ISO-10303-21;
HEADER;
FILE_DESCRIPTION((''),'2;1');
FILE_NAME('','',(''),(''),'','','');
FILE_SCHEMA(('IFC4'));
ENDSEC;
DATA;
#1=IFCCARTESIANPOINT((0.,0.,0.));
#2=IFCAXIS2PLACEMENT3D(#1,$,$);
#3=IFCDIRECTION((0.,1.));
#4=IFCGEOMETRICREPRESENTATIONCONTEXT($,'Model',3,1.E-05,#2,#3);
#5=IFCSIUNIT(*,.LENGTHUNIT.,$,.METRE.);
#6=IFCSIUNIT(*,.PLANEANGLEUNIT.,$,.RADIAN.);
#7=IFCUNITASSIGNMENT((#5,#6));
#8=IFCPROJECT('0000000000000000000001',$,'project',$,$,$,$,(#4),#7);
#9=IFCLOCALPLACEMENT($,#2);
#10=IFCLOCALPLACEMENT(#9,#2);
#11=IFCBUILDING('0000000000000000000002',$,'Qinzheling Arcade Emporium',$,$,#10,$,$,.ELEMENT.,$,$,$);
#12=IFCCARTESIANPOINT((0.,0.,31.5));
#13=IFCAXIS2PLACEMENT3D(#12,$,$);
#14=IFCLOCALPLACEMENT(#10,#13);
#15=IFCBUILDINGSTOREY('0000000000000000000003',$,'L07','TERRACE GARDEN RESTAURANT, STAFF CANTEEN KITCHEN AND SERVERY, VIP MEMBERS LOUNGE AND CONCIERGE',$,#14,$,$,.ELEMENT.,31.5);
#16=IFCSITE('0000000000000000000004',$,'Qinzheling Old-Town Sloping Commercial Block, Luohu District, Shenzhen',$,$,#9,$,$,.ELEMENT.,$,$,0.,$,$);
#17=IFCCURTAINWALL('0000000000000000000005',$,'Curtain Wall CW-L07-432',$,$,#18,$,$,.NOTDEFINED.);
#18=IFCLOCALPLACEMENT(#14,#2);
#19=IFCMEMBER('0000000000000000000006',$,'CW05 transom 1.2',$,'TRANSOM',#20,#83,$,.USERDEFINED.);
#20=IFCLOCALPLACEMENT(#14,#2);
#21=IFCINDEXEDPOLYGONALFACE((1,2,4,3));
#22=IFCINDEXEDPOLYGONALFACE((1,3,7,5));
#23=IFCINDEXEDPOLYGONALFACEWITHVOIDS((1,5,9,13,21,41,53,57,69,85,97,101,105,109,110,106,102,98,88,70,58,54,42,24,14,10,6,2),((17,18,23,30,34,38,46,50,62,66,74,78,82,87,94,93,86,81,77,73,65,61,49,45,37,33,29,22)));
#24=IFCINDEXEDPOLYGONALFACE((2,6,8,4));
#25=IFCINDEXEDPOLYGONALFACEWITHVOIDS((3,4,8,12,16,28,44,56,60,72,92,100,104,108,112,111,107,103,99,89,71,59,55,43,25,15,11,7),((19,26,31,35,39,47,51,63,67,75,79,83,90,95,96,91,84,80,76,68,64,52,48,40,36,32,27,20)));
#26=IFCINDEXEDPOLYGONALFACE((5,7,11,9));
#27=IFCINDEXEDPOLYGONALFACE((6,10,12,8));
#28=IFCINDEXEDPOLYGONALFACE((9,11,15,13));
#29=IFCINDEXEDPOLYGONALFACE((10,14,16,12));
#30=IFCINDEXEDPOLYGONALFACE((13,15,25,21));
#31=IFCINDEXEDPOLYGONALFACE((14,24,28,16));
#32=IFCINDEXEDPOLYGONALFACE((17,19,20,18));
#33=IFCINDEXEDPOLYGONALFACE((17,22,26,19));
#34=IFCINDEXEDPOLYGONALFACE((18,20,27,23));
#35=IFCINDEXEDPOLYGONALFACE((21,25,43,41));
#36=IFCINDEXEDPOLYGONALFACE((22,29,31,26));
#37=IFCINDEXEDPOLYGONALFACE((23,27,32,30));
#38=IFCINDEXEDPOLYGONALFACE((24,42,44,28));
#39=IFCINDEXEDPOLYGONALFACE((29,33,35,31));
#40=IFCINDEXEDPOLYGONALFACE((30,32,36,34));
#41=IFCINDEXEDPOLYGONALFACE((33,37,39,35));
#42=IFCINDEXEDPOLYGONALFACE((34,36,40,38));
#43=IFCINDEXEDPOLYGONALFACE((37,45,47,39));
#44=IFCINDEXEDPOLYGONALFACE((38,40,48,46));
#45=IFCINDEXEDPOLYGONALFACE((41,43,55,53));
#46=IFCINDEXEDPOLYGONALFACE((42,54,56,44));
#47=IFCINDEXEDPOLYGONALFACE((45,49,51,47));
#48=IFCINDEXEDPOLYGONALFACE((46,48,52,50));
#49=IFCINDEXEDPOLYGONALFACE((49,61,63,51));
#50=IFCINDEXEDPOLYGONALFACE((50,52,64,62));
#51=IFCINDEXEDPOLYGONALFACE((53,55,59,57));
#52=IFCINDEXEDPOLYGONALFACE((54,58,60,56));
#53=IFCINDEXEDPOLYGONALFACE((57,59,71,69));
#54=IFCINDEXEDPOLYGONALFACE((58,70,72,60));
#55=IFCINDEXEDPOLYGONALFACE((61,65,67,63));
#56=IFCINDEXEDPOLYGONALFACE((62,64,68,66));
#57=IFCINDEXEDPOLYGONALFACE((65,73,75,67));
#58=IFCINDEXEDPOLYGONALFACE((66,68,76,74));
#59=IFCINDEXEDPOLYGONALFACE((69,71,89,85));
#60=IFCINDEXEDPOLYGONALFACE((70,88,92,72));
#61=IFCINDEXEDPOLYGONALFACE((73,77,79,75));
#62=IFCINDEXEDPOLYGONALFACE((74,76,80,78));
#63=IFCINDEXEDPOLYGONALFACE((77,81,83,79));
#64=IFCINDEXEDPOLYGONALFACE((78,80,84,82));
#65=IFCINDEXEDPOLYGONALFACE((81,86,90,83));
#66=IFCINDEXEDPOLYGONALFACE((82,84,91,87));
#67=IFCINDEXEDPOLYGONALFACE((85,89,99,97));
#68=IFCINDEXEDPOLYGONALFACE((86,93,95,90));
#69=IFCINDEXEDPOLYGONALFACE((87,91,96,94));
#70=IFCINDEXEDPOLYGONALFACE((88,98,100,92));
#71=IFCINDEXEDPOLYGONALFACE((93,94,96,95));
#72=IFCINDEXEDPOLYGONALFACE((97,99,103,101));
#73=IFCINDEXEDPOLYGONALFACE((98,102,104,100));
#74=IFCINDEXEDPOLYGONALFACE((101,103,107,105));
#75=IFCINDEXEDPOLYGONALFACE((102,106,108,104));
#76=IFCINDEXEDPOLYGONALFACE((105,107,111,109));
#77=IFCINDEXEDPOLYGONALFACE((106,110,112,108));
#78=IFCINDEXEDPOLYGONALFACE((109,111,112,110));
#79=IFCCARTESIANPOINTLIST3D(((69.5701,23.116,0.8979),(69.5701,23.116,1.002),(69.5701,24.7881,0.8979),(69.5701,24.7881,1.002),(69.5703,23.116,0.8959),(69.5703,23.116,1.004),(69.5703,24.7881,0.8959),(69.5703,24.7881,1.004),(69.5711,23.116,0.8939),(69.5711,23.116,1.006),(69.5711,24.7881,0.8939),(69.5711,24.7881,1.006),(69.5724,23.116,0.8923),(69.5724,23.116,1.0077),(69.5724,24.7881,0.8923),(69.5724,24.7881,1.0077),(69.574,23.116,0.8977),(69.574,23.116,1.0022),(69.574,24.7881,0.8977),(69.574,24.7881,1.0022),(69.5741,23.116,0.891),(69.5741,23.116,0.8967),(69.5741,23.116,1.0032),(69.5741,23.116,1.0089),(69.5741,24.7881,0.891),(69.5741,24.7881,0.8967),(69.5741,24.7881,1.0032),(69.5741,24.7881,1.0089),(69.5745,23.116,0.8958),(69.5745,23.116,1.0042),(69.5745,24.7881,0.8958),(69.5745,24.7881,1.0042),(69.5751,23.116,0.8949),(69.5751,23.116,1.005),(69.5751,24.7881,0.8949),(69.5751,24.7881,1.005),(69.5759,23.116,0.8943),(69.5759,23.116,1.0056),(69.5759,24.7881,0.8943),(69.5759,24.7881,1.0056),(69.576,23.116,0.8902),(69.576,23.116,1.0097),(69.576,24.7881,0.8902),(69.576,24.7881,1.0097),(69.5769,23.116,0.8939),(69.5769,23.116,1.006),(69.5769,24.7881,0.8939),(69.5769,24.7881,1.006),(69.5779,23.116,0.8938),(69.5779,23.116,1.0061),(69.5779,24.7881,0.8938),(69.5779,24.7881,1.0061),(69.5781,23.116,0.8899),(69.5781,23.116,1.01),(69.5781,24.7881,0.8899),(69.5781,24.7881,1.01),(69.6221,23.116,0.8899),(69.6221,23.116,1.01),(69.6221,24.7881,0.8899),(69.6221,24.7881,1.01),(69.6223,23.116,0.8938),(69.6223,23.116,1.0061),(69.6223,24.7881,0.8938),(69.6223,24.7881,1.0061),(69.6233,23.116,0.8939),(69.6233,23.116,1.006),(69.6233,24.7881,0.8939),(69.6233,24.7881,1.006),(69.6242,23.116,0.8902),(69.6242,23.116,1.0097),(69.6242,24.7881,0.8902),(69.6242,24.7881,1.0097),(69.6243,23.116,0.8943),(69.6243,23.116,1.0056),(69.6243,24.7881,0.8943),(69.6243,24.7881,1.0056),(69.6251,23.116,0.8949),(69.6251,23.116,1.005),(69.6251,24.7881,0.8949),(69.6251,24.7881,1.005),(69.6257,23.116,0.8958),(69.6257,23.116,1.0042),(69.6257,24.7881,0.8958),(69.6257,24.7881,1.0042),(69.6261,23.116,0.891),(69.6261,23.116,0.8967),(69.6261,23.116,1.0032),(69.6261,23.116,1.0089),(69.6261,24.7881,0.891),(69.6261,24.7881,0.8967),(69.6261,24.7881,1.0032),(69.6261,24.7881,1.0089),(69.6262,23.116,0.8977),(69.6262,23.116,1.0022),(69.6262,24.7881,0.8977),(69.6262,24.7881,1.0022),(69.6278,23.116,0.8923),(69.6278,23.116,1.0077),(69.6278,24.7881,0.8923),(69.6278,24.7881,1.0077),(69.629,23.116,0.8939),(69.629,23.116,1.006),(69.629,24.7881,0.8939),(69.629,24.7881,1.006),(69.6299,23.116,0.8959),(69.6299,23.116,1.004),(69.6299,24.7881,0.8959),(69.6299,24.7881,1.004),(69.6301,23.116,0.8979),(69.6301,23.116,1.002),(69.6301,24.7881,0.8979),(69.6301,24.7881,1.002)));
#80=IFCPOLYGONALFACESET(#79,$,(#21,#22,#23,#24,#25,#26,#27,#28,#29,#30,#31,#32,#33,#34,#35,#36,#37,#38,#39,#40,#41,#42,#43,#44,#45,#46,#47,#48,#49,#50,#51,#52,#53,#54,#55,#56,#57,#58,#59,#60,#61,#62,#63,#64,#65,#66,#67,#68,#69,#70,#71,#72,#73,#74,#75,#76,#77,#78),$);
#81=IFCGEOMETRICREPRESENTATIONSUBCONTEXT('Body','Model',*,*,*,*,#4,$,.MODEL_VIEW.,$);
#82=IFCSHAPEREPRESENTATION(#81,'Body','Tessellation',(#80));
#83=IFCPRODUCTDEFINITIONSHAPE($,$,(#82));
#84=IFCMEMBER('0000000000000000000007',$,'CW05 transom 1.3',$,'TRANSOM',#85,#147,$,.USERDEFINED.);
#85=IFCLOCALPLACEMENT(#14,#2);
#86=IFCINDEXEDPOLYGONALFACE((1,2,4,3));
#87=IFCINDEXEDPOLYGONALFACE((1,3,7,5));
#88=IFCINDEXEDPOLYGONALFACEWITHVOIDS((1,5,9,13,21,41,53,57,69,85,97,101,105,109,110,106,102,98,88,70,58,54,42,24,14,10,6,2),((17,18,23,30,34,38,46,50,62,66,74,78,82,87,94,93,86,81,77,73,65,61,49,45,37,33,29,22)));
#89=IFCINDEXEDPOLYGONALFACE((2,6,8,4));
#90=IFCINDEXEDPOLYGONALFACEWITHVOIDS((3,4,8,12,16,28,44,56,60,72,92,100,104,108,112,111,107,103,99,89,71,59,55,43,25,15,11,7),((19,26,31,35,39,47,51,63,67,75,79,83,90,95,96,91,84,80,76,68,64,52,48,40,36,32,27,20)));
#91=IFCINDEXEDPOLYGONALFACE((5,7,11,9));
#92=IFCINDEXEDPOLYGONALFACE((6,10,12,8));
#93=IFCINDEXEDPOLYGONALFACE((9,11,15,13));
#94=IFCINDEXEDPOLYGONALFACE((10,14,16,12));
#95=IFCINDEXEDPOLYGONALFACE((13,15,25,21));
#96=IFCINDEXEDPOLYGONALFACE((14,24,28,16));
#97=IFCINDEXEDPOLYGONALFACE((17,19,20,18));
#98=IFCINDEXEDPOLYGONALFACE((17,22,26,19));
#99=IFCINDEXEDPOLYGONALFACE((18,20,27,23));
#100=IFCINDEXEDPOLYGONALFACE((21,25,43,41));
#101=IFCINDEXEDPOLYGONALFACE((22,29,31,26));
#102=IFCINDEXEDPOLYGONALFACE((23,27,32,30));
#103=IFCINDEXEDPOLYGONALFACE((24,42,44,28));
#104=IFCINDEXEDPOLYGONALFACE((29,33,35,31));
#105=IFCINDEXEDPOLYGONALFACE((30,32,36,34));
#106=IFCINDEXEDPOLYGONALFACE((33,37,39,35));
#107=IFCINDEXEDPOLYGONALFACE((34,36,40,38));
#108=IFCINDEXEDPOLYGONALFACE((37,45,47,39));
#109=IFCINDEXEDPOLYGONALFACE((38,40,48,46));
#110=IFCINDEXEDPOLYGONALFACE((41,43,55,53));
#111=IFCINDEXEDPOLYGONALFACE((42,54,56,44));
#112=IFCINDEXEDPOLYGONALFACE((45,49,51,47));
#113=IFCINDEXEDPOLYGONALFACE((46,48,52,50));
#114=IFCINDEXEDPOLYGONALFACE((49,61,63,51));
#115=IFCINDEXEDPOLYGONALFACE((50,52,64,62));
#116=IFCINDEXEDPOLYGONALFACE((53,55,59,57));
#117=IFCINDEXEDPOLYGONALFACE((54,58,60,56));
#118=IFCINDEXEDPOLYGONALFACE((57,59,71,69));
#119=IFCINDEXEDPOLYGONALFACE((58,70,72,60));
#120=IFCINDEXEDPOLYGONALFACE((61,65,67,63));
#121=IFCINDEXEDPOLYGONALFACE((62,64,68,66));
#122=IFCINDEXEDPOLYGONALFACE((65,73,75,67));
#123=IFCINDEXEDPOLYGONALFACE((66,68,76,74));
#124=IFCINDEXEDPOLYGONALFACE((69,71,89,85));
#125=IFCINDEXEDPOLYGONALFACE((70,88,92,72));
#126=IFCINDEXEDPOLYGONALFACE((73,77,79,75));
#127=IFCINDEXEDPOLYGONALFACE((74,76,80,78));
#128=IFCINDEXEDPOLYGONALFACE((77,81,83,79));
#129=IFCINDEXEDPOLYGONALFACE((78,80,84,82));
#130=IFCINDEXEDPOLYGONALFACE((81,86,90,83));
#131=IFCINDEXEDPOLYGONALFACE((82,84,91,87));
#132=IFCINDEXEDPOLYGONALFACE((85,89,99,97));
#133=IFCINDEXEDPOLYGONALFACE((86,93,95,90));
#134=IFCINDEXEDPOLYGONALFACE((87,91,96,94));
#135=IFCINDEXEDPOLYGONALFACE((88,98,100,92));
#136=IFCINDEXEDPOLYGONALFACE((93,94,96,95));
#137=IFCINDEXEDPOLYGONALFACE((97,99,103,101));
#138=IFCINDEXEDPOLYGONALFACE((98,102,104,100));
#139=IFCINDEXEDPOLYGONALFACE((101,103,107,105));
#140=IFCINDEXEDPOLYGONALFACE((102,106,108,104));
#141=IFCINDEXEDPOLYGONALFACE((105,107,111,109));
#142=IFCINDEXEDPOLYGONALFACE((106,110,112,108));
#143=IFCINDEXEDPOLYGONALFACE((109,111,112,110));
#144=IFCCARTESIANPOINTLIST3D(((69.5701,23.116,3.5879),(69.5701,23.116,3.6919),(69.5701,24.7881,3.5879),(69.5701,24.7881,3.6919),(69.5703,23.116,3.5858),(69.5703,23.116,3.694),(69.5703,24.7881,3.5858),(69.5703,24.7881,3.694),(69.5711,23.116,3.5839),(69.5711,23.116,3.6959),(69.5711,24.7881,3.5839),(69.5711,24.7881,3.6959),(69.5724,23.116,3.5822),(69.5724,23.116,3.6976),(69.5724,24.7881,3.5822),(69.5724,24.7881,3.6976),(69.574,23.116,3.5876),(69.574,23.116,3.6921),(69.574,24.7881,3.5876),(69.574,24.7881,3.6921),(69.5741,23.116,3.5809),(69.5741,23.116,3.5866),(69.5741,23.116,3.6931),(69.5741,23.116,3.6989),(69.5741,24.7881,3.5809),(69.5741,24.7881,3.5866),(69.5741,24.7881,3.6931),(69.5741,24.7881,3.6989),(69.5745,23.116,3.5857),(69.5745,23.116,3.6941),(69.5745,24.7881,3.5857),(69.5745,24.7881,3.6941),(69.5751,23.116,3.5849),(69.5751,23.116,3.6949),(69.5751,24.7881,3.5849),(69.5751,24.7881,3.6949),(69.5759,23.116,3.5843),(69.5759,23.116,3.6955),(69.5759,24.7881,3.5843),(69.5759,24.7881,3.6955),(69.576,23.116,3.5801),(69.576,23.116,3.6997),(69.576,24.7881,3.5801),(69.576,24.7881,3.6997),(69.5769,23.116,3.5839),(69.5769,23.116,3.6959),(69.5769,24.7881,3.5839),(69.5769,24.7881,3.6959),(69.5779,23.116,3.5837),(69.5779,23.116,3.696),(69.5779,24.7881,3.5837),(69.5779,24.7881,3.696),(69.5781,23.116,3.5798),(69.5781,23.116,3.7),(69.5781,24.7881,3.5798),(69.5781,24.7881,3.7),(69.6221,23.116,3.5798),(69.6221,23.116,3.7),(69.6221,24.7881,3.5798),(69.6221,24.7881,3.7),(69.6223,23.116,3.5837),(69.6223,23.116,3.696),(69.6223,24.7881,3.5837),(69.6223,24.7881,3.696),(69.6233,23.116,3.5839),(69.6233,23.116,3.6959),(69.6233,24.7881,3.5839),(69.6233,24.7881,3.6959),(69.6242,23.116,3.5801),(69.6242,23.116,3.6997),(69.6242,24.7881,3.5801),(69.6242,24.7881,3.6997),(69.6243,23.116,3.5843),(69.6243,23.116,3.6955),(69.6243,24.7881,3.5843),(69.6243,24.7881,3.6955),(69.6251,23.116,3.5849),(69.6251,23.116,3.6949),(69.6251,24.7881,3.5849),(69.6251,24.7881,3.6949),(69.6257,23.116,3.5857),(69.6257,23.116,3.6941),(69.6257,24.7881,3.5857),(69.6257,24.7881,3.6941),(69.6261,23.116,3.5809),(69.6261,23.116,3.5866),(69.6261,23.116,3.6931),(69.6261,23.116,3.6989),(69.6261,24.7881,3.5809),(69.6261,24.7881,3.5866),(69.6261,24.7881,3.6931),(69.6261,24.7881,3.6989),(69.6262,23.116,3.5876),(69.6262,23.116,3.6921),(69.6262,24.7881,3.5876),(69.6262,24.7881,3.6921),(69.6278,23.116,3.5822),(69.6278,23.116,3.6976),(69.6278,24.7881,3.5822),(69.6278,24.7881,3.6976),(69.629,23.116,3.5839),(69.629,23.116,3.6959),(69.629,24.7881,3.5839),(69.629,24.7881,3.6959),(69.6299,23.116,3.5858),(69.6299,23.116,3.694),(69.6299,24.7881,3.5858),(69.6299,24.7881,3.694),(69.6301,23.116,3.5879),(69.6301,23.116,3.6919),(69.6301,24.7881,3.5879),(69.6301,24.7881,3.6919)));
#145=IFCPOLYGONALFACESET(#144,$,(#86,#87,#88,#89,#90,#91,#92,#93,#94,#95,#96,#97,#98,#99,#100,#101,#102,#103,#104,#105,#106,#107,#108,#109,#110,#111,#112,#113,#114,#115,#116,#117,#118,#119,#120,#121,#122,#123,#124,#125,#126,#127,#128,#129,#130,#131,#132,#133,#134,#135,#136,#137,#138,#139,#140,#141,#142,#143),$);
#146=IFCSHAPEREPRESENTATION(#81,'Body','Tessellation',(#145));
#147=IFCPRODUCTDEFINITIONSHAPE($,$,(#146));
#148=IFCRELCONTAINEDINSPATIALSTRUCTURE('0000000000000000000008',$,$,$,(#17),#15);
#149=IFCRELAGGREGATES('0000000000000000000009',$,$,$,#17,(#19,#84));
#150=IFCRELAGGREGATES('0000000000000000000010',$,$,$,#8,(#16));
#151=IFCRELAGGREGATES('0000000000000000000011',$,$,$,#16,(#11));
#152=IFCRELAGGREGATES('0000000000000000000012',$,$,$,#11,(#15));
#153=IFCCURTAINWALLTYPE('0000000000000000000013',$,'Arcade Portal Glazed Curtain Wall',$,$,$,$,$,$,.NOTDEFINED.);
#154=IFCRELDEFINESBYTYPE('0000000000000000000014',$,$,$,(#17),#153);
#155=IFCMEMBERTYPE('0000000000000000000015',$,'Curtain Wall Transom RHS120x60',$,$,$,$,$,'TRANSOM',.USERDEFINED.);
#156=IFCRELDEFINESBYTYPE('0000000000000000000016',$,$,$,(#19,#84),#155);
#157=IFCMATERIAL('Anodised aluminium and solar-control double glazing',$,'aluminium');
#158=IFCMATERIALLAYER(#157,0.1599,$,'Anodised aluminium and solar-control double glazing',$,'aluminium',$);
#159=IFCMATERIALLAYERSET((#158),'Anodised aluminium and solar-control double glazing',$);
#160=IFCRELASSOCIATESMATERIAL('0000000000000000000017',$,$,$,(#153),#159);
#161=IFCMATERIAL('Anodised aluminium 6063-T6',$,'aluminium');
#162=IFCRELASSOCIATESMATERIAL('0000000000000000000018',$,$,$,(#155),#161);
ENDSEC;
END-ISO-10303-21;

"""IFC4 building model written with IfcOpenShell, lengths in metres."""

from ifc_helpers import new_model, si_unit, direction, frame, origin, origin_2d, place, context, subcontext, project, spatial, hollow_rectangle, extrude, material, layer, layer_set, material_profile, profile_set, type_object, element, aggregate, save


model = new_model("IFC4")

# Units and contexts
model_context = context("Model", 3, precision=1e-05, world=origin(), true_north=direction((0.0, 1.0)))
body_context = subcontext(model_context, "Body", "Model", "MODEL_VIEW")
ifc_project = project(units=[si_unit("LENGTHUNIT", "METRE"), si_unit("PLANEANGLEUNIT", "RADIAN")], contexts=[model_context])

# Site, building, storey
site_placement = place(None, origin())
site = spatial("IfcSite", under=ifc_project, at=site_placement, Name="Qinzheling Old-Town Sloping Commercial Block, Luohu District, Shenzhen", CompositionType="ELEMENT", RefElevation=0.0)
building_placement = place(site_placement, origin())
building = spatial("IfcBuilding", under=site, at=building_placement, Name="Qinzheling Arcade Emporium", CompositionType="ELEMENT")
storey_placement = place(building_placement, frame((0.0, 0.0, 31.5)))
storey = spatial("IfcBuildingStorey", under=building, at=storey_placement, Name="L07", Description="TERRACE GARDEN RESTAURANT, STAFF CANTEEN KITCHEN AND SERVERY, VIP MEMBERS LOUNGE AND CONCIERGE", CompositionType="ELEMENT", Elevation=31.5)

# Shared definitions
ifc_material_1 = material(Name="Anodised aluminium and solar-control double glazing", Category="aluminium")
ifc_layer_1 = layer(ifc_material_1, 0.1599, Name="Anodised aluminium and solar-control double glazing", Category="aluminium")
ifc_layer_set_1 = layer_set([ifc_layer_1], Name="Anodised aluminium and solar-control double glazing")
curtain_wall_type = type_object("IfcCurtainWallType", Name="Arcade Portal Glazed Curtain Wall", PredefinedType="NOTDEFINED", material=ifc_layer_set_1)
ifc_material_2 = material(Name="Anodised aluminium 6063-T6", Category="aluminium")

# Curtain wall
curtain_wall_1_placement = place(storey_placement, origin())
curtain_wall_1 = element("IfcCurtainWall", 1, at=curtain_wall_1_placement, inside=storey, type_object=curtain_wall_type, Name="Curtain Wall CW-L07-432", PredefinedType="NOTDEFINED")

# Members
ifc_material_profile_1 = material_profile(ifc_material_2, hollow_rectangle(XDim=0.0601, YDim=0.1201, WallThickness=0.0039, InnerFilletRadius=0.0039, OuterFilletRadius=0.0081, at=origin_2d()), Name="RHS 120x60x4", Category="aluminium")
ifc_profile_set_1 = profile_set([ifc_material_profile_1], Name="Anodised aluminium 6063-T6")
member_type_1 = type_object("IfcMemberType", Name="Curtain Wall Transom RHS120x60", ElementType="TRANSOM", PredefinedType="USERDEFINED", material=ifc_profile_set_1)
member_1_placement = place(storey_placement, frame((69.6001, 24.7881, 0.95), z_axis=(0.0, -1.0, 0.0), x_axis=(1.0, 0.0, 0.0)))
member_1 = element("IfcMember", 2, at=member_1_placement, type_object=member_type_1, Name="CW05 transom 1.2", ObjectType="TRANSOM", PredefinedType="USERDEFINED", context=body_context, shape_type="SweptSolid", body=[
    extrude(hollow_rectangle(XDim=0.0601, YDim=0.1201, WallThickness=0.0039, InnerFilletRadius=0.0039, OuterFilletRadius=0.0081, at=origin_2d()), origin(), (0.0, 0.0, 1.0), 1.6721),
])
member_2_placement = place(storey_placement, frame((69.6001, 24.7881, 3.6399), z_axis=(0.0, -1.0, 0.0), x_axis=(1.0, 0.0, 0.0)))
member_2 = element("IfcMember", 3, at=member_2_placement, type_object=member_type_1, Name="CW05 transom 1.3", ObjectType="TRANSOM", PredefinedType="USERDEFINED", context=body_context, shape_type="SweptSolid", body=[
    extrude(hollow_rectangle(XDim=0.0601, YDim=0.1201, WallThickness=0.0039, InnerFilletRadius=0.0039, OuterFilletRadius=0.0081, at=origin_2d()), origin(), (0.0, 0.0, 1.0), 1.6721),
])

aggregate(curtain_wall_1, [member_1, member_2])

save(model, "model.ifc")
